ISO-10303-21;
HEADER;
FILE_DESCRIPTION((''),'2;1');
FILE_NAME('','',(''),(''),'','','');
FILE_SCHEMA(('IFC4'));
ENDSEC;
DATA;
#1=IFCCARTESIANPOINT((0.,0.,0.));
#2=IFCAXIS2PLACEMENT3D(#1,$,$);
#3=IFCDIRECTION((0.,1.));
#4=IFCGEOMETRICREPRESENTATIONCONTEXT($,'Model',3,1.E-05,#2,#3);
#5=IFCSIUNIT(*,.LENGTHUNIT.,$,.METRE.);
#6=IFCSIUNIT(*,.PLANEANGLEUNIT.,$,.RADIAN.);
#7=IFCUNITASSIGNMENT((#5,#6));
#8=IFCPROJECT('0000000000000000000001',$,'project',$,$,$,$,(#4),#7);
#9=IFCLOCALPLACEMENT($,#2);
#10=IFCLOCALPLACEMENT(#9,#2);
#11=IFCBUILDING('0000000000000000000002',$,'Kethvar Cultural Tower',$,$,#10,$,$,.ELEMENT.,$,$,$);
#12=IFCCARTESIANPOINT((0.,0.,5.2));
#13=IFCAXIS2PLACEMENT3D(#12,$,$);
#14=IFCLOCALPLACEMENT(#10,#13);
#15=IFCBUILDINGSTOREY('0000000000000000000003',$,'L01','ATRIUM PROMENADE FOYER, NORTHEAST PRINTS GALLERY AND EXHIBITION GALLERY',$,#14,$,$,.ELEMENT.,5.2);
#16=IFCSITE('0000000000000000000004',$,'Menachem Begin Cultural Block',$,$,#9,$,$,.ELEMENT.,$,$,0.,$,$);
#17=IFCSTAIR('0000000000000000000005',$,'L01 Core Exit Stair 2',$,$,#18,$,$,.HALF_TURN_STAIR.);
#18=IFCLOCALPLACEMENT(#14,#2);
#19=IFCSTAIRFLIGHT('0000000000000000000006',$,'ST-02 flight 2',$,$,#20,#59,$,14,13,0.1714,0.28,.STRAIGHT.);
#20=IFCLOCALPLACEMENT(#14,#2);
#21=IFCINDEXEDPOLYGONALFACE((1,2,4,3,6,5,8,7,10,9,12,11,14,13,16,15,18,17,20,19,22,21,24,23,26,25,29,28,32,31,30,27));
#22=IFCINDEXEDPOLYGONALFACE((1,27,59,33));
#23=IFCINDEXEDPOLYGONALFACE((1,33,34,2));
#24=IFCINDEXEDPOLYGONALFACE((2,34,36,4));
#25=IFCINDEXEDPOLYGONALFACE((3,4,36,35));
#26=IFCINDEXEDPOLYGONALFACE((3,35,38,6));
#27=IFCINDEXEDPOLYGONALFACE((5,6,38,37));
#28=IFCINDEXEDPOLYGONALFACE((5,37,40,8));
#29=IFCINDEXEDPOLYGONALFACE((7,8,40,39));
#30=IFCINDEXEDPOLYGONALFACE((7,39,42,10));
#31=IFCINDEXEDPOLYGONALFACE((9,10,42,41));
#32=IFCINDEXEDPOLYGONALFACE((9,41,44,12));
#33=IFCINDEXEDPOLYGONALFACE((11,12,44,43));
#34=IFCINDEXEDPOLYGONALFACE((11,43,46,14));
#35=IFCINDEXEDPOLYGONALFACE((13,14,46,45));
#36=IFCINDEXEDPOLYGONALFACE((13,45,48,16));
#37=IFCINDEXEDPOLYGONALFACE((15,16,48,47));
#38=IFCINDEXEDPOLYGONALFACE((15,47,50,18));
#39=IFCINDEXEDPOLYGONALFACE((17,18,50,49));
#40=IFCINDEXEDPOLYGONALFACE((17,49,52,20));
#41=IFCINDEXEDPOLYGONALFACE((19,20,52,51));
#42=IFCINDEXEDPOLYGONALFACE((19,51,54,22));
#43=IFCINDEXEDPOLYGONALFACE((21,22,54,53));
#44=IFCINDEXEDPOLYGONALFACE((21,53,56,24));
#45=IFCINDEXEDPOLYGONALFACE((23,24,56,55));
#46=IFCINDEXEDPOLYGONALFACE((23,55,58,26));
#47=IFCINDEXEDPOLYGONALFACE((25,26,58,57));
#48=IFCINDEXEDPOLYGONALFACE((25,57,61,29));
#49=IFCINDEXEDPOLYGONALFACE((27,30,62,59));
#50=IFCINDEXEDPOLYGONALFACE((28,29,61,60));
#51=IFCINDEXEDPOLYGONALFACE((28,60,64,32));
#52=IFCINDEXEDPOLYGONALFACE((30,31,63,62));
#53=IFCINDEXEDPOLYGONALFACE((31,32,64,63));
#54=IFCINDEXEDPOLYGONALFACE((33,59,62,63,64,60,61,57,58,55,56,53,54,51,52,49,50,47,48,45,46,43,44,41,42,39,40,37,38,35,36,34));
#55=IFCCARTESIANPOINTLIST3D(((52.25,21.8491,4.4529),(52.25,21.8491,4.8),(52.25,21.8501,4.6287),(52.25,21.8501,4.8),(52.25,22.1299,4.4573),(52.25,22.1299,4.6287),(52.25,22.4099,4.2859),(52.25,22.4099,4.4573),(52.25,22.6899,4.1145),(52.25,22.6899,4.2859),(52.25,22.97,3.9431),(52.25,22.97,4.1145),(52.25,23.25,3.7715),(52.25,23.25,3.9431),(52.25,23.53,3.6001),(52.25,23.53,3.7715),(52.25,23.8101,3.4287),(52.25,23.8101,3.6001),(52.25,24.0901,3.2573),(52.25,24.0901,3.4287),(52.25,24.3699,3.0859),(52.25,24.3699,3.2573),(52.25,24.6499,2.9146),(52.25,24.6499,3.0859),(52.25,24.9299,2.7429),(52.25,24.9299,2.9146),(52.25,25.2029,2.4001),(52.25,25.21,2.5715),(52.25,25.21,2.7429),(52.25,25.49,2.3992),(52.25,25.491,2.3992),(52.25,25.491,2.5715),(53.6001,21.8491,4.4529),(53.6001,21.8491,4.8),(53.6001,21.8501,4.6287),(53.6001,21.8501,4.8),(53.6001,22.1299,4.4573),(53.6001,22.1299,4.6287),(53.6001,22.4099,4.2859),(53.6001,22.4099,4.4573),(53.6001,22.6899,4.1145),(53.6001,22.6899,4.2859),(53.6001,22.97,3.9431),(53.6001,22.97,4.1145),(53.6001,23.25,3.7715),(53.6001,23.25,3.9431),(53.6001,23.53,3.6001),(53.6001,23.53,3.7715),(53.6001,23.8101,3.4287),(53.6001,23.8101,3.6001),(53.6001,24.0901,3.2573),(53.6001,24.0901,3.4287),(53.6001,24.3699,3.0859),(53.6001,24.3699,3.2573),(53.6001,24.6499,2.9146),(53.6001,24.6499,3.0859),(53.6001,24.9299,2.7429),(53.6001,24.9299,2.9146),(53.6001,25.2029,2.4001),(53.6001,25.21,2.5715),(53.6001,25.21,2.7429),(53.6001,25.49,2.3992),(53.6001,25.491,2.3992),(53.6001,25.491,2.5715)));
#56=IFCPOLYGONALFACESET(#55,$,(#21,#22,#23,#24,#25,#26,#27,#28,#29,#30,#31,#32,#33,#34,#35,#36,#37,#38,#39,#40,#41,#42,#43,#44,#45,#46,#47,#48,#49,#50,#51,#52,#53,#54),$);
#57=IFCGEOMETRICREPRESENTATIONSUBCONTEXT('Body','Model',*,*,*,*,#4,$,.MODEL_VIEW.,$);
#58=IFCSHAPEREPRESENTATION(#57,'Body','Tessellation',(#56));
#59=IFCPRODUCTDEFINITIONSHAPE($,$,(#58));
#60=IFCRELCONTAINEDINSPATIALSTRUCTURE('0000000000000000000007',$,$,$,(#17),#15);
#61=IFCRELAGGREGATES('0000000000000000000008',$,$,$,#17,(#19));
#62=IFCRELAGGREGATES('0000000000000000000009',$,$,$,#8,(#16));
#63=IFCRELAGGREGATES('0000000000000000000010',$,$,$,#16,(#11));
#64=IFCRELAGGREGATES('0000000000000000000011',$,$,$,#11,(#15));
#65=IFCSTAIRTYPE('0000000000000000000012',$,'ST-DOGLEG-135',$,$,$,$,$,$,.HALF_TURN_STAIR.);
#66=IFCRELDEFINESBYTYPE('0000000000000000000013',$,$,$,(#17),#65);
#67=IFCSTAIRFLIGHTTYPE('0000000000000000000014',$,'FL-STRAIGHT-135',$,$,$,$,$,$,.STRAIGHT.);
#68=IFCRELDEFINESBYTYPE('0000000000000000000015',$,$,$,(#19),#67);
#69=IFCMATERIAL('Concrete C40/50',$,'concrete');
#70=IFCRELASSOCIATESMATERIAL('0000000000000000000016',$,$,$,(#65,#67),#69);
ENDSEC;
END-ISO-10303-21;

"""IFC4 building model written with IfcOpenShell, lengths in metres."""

from ifc_helpers import new_model, si_unit, direction, frame, origin, place, context, subcontext, project, spatial, polyline, outline, extrude, material, type_object, element, aggregate, save


model = new_model("IFC4")

# Units and contexts
model_context = context("Model", 3, precision=1e-05, world=origin(), true_north=direction((0.0, 1.0)))
body_context = subcontext(model_context, "Body", "Model", "MODEL_VIEW")
ifc_project = project(units=[si_unit("LENGTHUNIT", "METRE"), si_unit("PLANEANGLEUNIT", "RADIAN")], contexts=[model_context])

# Site, building, storey
site_placement = place(None, origin())
site = spatial("IfcSite", under=ifc_project, at=site_placement, Name="Menachem Begin Cultural Block", CompositionType="ELEMENT", RefElevation=0.0)
building_placement = place(site_placement, origin())
building = spatial("IfcBuilding", under=site, at=building_placement, Name="Kethvar Cultural Tower", CompositionType="ELEMENT")
storey_placement = place(building_placement, frame((0.0, 0.0, 5.2)))
storey = spatial("IfcBuildingStorey", under=building, at=storey_placement, Name="L01", Description="ATRIUM PROMENADE FOYER, NORTHEAST PRINTS GALLERY AND EXHIBITION GALLERY", CompositionType="ELEMENT", Elevation=5.2)

# Shared definitions
ifc_material_1 = material(Name="Concrete C40/50", Category="concrete")

# Stair, stair flight
stair_type = type_object("IfcStairType", Name="ST-DOGLEG-135", PredefinedType="HALF_TURN_STAIR", material=ifc_material_1)
stair_placement = place(storey_placement, origin())
stair = element("IfcStair", 1, at=stair_placement, inside=storey, type_object=stair_type, Name="L01 Core Exit Stair 2", PredefinedType="HALF_TURN_STAIR")
stair_flight_type = type_object("IfcStairFlightType", Name="FL-STRAIGHT-135", PredefinedType="STRAIGHT", material=ifc_material_1)
stair_flight_1_placement = place(storey_placement, frame((52.925, 25.49, 2.4001), z_axis=(0.0, 0.0, 1.0), x_axis=(0.0, -1.0, 0.0)))
stair_flight_1 = element("IfcStairFlight", 2, at=stair_flight_1_placement, type_object=stair_flight_type, Name="ST-02 flight 2", NumberOfRisers=14, NumberOfTreads=13, PredefinedType="STRAIGHT", RiserHeight=0.1714, TreadLength=0.28, context=body_context, shape_type="SweptSolid", body=[
    extrude(outline(polyline([(-0.001, -0.001), (-0.001, 0.1714), (0.28, 0.1714), (0.28, 0.3428), (0.5601, 0.3428), (0.5601, 0.5144), (0.8401, 0.5144), (0.8401, 0.6858), (1.1201, 0.6858), (1.1201, 0.8572), (1.3999, 0.8572), (1.3999, 1.0286), (1.6799, 1.0286), (1.6799, 1.2), (1.96, 1.2), (1.96, 1.3713), (2.24, 1.3713), (2.24, 1.543), (2.52, 1.543), (2.52, 1.7144), (2.8, 1.7144), (2.8, 1.8857), (3.0801, 1.8857), (3.0801, 2.0571), (3.3601, 2.0571), (3.3601, 2.2285), (3.6399, 2.2285), (3.6399, 2.3999), (3.6409, 2.3999), (3.6409, 2.0527), (0.2871, 0.0), (0.0, -0.001), (-0.001, -0.001)])), frame((0.0, 0.675, 0.0), z_axis=(0.0, -1.0, 0.0), x_axis=(1.0, 0.0, 0.0)), (0.0, 0.0, 1.0), 1.3501),
])
aggregate(stair, [stair_flight_1])

save(model, "model.ifc")
